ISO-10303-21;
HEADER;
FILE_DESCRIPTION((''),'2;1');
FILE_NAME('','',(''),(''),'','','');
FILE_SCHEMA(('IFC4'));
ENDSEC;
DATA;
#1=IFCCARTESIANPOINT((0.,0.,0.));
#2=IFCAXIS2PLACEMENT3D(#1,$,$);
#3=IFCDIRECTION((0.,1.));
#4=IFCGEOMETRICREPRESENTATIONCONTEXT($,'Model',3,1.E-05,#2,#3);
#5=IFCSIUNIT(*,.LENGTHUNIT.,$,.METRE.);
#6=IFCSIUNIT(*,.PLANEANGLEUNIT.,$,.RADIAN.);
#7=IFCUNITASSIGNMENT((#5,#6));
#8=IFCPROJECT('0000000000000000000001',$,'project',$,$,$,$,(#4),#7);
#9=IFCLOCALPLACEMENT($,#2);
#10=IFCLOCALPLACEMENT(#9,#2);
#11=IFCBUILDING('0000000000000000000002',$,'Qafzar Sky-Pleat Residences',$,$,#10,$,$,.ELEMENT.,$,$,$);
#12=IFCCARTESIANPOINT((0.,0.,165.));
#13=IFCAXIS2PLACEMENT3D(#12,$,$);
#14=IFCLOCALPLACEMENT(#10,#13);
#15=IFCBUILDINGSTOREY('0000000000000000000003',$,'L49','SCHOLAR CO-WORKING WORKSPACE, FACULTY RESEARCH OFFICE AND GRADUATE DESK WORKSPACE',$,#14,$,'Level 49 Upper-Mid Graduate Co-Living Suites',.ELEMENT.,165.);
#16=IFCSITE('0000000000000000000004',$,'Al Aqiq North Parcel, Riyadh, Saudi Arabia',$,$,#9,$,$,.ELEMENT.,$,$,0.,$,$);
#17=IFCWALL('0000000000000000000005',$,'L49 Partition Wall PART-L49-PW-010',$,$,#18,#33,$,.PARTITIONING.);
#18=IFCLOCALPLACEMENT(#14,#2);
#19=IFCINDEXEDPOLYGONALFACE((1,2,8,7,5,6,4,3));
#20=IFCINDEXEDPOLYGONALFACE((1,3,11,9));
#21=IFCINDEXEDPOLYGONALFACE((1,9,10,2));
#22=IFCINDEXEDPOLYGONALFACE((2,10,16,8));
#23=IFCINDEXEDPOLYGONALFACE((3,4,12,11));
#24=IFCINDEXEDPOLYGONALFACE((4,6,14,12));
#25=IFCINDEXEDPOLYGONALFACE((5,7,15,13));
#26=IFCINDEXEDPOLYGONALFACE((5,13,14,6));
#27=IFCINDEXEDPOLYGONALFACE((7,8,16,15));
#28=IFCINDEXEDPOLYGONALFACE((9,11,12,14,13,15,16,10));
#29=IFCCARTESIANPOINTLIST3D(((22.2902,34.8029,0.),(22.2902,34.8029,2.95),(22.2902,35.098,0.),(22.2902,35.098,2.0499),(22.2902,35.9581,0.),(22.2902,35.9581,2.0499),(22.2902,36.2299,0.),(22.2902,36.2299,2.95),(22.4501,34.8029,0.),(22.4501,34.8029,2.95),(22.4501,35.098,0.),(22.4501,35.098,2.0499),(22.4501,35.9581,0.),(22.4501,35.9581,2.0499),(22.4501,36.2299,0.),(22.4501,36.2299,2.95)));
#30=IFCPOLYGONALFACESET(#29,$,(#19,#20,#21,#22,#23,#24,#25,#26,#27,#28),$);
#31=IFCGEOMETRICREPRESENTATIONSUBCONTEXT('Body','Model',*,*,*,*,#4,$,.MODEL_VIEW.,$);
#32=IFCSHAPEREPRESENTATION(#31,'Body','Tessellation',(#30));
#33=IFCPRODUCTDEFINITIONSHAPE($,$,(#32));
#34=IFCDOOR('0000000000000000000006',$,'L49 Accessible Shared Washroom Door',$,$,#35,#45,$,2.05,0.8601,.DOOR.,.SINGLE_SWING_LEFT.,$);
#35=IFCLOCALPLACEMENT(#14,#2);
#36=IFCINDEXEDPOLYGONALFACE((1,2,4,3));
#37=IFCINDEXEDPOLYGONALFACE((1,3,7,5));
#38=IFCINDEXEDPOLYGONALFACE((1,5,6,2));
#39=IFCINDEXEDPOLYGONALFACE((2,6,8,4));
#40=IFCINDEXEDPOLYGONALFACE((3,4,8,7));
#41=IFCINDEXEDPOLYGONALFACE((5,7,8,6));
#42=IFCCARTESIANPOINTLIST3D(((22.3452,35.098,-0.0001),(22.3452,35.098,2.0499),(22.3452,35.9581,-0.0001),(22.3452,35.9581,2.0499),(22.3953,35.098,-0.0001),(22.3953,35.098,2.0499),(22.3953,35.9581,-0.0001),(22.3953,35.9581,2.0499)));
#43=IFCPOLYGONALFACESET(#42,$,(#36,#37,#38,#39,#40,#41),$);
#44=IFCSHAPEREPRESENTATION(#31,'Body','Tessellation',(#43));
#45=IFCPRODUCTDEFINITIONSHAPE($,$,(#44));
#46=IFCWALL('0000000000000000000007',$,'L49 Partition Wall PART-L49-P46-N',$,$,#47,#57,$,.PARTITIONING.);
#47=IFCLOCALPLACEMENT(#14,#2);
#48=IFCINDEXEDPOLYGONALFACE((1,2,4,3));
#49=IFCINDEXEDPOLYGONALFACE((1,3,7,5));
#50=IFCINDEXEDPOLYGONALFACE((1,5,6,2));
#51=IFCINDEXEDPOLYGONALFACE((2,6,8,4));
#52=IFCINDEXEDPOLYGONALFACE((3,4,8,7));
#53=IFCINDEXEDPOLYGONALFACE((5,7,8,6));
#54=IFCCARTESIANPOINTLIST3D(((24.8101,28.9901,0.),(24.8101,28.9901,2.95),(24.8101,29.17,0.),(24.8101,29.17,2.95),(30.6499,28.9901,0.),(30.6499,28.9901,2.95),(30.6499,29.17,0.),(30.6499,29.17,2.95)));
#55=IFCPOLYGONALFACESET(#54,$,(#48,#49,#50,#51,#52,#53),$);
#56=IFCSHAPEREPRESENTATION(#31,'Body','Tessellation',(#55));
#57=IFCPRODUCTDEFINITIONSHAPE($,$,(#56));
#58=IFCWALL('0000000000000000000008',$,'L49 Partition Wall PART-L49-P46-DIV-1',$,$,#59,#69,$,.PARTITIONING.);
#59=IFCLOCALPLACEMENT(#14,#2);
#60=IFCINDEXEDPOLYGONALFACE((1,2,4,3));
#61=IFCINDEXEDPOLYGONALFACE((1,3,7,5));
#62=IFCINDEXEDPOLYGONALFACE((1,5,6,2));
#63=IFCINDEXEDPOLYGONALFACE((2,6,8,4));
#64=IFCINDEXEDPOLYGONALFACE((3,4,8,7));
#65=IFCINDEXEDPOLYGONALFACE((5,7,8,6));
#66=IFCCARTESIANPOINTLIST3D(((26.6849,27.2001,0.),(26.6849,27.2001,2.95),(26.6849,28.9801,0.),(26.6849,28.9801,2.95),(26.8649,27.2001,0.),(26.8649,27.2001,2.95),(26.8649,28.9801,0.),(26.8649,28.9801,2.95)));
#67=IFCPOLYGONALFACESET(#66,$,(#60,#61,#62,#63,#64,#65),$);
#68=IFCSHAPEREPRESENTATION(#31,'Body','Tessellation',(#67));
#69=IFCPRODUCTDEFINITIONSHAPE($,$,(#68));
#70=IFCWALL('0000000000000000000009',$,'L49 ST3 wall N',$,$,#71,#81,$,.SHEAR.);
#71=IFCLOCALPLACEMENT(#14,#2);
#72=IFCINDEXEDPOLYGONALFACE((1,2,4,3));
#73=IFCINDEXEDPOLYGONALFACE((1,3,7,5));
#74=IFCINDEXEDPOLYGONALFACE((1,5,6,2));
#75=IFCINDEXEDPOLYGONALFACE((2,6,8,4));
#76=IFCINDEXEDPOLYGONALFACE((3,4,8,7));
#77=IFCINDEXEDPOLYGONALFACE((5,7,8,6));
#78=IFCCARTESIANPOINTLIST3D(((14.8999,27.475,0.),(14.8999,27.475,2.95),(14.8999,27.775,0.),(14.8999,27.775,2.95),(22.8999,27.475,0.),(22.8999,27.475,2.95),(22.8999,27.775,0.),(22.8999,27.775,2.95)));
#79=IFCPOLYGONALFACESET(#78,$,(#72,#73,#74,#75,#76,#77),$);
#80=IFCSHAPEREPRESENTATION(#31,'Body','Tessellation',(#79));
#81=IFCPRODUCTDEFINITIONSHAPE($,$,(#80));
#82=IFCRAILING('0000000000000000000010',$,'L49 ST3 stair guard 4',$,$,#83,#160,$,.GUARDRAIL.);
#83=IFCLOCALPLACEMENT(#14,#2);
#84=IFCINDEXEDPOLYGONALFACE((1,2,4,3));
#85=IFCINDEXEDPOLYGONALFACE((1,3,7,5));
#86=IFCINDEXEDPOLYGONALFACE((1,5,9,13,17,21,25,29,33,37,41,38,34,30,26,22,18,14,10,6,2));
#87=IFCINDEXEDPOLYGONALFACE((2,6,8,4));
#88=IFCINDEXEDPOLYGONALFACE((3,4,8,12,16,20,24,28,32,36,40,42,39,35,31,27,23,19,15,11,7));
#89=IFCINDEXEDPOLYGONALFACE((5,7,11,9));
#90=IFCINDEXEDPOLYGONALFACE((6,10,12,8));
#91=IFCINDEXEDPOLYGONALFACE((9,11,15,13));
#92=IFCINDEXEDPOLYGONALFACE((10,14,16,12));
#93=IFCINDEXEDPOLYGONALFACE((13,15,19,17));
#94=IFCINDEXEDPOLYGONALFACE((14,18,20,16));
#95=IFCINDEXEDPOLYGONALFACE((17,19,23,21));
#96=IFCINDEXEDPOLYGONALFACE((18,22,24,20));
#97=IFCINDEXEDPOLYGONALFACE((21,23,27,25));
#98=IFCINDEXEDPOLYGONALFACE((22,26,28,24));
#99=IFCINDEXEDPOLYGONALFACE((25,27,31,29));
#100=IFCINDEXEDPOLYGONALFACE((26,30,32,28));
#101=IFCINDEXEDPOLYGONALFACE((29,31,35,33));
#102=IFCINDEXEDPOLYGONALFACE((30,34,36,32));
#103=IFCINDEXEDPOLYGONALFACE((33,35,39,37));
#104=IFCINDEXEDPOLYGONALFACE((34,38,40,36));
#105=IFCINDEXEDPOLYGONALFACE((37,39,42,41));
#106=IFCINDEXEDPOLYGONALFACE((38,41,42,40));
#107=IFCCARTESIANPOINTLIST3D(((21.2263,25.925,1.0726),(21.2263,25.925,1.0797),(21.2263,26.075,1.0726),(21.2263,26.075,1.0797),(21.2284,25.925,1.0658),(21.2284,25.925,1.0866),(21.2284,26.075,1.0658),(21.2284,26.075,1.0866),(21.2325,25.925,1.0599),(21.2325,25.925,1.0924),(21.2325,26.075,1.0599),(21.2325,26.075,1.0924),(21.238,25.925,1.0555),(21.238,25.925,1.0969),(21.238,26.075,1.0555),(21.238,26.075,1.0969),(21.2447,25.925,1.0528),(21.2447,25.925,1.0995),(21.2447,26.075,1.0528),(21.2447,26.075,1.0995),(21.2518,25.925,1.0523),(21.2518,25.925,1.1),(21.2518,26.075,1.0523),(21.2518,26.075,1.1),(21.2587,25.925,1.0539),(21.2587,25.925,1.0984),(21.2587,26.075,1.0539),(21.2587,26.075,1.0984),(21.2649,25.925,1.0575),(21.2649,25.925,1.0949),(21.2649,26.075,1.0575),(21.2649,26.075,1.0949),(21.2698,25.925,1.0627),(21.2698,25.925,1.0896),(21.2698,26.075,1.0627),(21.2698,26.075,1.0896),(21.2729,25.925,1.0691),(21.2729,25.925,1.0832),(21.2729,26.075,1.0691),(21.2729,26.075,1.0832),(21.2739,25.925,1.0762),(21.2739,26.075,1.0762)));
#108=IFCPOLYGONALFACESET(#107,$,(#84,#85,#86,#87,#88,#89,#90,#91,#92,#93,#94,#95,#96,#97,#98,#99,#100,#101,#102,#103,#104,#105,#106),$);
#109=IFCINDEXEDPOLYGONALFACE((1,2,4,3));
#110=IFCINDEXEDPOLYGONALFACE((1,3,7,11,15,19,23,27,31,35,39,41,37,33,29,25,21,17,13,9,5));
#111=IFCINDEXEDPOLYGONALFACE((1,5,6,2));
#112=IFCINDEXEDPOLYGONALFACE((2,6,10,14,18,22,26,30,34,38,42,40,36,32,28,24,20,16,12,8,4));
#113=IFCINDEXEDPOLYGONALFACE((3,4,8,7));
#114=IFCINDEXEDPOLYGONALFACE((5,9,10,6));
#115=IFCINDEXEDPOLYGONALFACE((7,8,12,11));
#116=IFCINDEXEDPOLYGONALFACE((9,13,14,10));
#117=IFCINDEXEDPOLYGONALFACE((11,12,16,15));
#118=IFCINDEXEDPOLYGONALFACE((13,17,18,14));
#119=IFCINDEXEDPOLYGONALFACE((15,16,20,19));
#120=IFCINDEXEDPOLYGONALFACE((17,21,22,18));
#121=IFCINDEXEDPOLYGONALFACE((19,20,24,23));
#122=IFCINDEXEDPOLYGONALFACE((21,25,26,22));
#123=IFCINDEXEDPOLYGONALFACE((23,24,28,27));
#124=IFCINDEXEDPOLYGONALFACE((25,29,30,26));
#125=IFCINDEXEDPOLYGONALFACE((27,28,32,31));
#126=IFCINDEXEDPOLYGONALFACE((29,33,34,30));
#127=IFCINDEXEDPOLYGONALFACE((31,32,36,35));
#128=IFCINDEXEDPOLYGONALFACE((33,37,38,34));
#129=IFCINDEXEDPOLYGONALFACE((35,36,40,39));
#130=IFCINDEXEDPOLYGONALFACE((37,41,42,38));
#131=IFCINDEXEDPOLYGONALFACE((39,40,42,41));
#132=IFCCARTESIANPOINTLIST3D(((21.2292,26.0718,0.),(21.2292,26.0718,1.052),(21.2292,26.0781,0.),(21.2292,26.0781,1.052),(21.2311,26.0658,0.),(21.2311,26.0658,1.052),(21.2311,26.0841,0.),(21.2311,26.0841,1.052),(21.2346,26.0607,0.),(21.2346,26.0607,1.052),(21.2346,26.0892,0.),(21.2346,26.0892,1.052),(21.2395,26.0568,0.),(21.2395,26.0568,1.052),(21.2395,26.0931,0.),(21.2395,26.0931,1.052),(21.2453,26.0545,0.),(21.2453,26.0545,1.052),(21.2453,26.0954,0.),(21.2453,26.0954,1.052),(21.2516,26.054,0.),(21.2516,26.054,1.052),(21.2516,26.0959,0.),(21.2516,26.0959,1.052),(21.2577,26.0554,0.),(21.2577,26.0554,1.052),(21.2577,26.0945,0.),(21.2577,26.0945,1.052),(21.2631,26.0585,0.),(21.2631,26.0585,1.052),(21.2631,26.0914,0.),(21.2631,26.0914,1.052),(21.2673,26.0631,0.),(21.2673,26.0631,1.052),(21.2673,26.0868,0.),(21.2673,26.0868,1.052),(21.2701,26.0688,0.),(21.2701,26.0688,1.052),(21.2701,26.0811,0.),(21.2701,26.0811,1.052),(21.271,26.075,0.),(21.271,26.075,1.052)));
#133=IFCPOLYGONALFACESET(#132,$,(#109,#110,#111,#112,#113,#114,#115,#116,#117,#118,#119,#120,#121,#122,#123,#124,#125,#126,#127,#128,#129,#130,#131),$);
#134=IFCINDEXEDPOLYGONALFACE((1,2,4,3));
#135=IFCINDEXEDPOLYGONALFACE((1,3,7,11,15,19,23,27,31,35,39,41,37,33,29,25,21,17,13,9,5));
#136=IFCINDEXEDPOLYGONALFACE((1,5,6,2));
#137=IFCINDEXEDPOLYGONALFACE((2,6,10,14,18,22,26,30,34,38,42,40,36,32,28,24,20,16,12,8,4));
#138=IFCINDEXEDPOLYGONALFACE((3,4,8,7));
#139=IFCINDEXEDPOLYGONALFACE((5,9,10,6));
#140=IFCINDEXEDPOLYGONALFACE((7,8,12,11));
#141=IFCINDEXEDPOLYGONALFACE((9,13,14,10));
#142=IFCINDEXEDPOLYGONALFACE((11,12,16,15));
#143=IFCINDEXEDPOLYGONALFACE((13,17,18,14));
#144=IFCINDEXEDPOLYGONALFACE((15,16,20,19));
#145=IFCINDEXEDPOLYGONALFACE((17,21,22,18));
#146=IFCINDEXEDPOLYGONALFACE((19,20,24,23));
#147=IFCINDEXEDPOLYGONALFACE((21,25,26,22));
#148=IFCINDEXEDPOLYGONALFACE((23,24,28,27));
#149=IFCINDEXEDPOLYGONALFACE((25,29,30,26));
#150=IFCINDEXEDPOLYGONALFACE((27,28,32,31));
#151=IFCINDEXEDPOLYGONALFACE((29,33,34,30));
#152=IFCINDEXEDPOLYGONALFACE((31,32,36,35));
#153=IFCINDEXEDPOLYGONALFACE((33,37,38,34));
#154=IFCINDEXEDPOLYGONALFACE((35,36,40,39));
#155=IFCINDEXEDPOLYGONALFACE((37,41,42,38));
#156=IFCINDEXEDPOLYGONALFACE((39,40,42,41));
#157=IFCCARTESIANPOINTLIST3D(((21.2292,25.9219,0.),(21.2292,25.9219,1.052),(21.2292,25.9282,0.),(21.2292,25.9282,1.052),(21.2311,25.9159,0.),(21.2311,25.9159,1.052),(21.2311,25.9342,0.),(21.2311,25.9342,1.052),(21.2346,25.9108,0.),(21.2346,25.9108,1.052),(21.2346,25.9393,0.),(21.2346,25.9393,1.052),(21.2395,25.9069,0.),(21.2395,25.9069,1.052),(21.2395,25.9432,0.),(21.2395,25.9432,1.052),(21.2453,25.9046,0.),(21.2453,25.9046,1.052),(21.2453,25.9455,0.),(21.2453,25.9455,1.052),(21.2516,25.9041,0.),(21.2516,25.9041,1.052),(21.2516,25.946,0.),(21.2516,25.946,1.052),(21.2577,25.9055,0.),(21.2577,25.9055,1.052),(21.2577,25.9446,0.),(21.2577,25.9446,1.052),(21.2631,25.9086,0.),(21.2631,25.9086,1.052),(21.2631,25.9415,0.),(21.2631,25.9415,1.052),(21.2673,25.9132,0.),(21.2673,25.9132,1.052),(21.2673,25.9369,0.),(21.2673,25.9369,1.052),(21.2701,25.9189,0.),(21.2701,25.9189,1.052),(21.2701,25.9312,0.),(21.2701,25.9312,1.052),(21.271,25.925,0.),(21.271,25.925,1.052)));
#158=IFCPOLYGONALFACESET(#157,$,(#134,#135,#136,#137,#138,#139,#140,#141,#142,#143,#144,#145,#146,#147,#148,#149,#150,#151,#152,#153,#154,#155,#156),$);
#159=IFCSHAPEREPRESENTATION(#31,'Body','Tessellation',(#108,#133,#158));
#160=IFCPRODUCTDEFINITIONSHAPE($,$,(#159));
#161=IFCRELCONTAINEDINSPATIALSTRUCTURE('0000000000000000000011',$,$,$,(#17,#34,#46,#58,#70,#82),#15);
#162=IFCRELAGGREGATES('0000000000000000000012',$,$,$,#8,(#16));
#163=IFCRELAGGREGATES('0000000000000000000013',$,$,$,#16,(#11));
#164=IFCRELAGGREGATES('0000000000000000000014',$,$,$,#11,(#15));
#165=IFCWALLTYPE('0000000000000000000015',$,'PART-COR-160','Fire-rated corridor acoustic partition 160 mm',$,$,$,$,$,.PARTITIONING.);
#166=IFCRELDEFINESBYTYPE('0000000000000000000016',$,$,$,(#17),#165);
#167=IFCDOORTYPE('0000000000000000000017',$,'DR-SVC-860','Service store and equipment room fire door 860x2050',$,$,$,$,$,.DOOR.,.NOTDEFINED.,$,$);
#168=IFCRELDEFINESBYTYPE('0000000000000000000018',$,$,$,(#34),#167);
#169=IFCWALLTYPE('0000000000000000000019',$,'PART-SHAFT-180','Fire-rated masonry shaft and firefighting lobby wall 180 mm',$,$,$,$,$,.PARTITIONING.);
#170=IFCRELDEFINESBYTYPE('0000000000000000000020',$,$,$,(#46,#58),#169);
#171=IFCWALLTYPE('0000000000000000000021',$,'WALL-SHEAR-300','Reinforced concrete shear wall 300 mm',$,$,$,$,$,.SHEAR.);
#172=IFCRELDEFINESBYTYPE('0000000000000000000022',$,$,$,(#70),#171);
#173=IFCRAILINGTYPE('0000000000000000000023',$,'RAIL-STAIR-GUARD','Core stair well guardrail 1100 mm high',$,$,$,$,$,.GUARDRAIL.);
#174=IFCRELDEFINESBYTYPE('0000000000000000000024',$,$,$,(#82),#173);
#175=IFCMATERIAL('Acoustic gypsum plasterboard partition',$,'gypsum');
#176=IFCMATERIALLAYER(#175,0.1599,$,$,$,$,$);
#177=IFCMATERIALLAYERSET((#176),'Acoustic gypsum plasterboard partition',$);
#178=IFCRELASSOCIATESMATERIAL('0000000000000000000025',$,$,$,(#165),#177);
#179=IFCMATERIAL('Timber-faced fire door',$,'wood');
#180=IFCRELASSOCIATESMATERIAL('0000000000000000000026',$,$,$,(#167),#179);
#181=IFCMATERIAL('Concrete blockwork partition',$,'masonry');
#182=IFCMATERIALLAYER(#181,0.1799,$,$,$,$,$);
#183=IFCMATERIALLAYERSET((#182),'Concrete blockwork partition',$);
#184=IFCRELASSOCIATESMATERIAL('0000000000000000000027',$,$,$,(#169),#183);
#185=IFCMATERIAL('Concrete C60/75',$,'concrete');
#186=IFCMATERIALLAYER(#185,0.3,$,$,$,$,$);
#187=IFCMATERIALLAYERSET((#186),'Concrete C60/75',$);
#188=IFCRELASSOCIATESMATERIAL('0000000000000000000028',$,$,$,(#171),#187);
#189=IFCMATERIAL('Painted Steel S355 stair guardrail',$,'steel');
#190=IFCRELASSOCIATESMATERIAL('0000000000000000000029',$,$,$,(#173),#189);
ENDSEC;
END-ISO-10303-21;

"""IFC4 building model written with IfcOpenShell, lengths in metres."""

from ifc_helpers import new_model, si_unit, direction, frame, frame_2d, origin, origin_2d, place, context, subcontext, project, spatial, rectangle, circle, extrude, source, transform, mapped, material, layer, layer_set, type_object, element, fill, save


model = new_model("IFC4")

# Units and contexts
model_context = context("Model", 3, precision=1e-05, world=origin(), true_north=direction((0.0, 1.0)))
body_context = subcontext(model_context, "Body", "Model", "MODEL_VIEW")
ifc_project = project(units=[si_unit("LENGTHUNIT", "METRE"), si_unit("PLANEANGLEUNIT", "RADIAN")], contexts=[model_context])

# Site, building, storey
site_placement = place(None, origin())
site = spatial("IfcSite", under=ifc_project, at=site_placement, Name="Al Aqiq North Parcel, Riyadh, Saudi Arabia", CompositionType="ELEMENT", RefElevation=0.0)
building_placement = place(site_placement, origin())
building = spatial("IfcBuilding", under=site, at=building_placement, Name="Qafzar Sky-Pleat Residences", CompositionType="ELEMENT")
storey_placement = place(building_placement, frame((0.0, 0.0, 165.0)))
storey = spatial("IfcBuildingStorey", under=building, at=storey_placement, Name="L49", Description="SCHOLAR CO-WORKING WORKSPACE, FACULTY RESEARCH OFFICE AND GRADUATE DESK WORKSPACE", LongName="Level 49 Upper-Mid Graduate Co-Living Suites", CompositionType="ELEMENT", Elevation=165.0)

# Wall, opening, door
ifc_material_1 = material(Name="Acoustic gypsum plasterboard partition", Category="gypsum")
ifc_layer_1 = layer(ifc_material_1, 0.1599)
ifc_layer_set_1 = layer_set([ifc_layer_1], Name="Acoustic gypsum plasterboard partition")
wall_type_1 = type_object("IfcWallType", Name="PART-COR-160", Description="Fire-rated corridor acoustic partition 160 mm", PredefinedType="PARTITIONING", material=ifc_layer_set_1)
ifc_material_2 = material(Name="Timber-faced fire door", Category="wood")
wall_1_placement = place(storey_placement, frame((22.3701, 34.803, 0.0), z_axis=(0.0, 0.0, 1.0), x_axis=(0.0, 1.0, 0.0)))
wall_1 = element("IfcWall", 1, at=wall_1_placement, inside=storey, type_object=wall_type_1, Name="L49 Partition Wall PART-L49-PW-010", PredefinedType="PARTITIONING", context=body_context, shape_type="SweptSolid", body=[
    extrude(rectangle(XDim=1.427, YDim=0.1599, at=frame_2d((0.7134, 0.0))), origin(), (0.0, 0.0, 1.0), 2.95),
])
opening_1_placement = place(wall_1_placement, frame((0.2949, 0.0, 0.0)))
opening_1 = element("IfcOpeningElement", 2, at=opening_1_placement, cuts=wall_1, PredefinedType="OPENING", context=body_context, shape_type="SweptSolid", body=[
    extrude(rectangle(XDim=0.8601, YDim=2.05, at=frame_2d((0.4302, 1.0249))), frame((0.0, 0.0898, 0.0), z_axis=(0.0, -1.0, 0.0), x_axis=(1.0, 0.0, 0.0)), (0.0, 0.0, 1.0), 0.1799),
])
door_type_1 = type_object("IfcDoorType", Name="DR-SVC-860", Description="Service store and equipment room fire door 860x2050", OperationType="NOTDEFINED", PredefinedType="DOOR", material=ifc_material_2)
shared_shape_1 = source(origin(), body_context, "Body", "SweptSolid", [
    extrude(rectangle(XDim=0.8601, YDim=2.05, at=frame_2d((0.4302, 1.0249))), frame((0.0, 0.0249, 0.0), z_axis=(0.0, -1.0, 0.0), x_axis=(1.0, 0.0, 0.0)), (0.0, 0.0, 1.0), 0.05),
])
door_1_placement = place(opening_1_placement, origin())
door_1 = element("IfcDoor", 3, at=door_1_placement, inside=storey, type_object=door_type_1, Name="L49 Accessible Shared Washroom Door", OperationType="SINGLE_SWING_LEFT", OverallHeight=2.05, OverallWidth=0.8601, PredefinedType="DOOR", context=body_context, shape_type="MappedRepresentation", body=[
    mapped(shared_shape_1, transform((0.0, 0.0, 0.0), x_axis=(1.0, 0.0, 0.0), y_axis=(0.0, 1.0, 0.0), z_axis=(0.0, 0.0, 1.0), scale=1.0)),
])
fill(opening_1, door_1)

# Wall
ifc_material_3 = material(Name="Concrete blockwork partition", Category="masonry")
ifc_layer_2 = layer(ifc_material_3, 0.1799)
ifc_layer_set_2 = layer_set([ifc_layer_2], Name="Concrete blockwork partition")
wall_type_2 = type_object("IfcWallType", Name="PART-SHAFT-180", Description="Fire-rated masonry shaft and firefighting lobby wall 180 mm", PredefinedType="PARTITIONING", material=ifc_layer_set_2)
wall_2_placement = place(storey_placement, frame((24.8101, 29.0801, 0.0), z_axis=(0.0, 0.0, 1.0), x_axis=(1.0, 0.0, 0.0)))
element("IfcWall", 4, at=wall_2_placement, inside=storey, type_object=wall_type_2, Name="L49 Partition Wall PART-L49-P46-N", PredefinedType="PARTITIONING", context=body_context, shape_type="SweptSolid", body=[
    extrude(rectangle(XDim=5.8398, YDim=0.1799, at=frame_2d((2.9199, 0.0))), origin(), (0.0, 0.0, 1.0), 2.95),
])

# Wall
wall_3_placement = place(storey_placement, frame((26.7749, 27.2, 0.0), z_axis=(0.0, 0.0, 1.0), x_axis=(0.0, 1.0, 0.0)))
element("IfcWall", 5, at=wall_3_placement, inside=storey, type_object=wall_type_2, Name="L49 Partition Wall PART-L49-P46-DIV-1", PredefinedType="PARTITIONING", context=body_context, shape_type="SweptSolid", body=[
    extrude(rectangle(XDim=1.78, YDim=0.1799, at=frame_2d((0.8901, 0.0))), origin(), (0.0, 0.0, 1.0), 2.95),
])

# Shared definitions
ifc_material_4 = material(Name="Concrete C60/75", Category="concrete")
ifc_layer_3 = layer(ifc_material_4, 0.3)
ifc_layer_set_3 = layer_set([ifc_layer_3], Name="Concrete C60/75")
wall_type_3 = type_object("IfcWallType", Name="WALL-SHEAR-300", Description="Reinforced concrete shear wall 300 mm", PredefinedType="SHEAR", material=ifc_layer_set_3)

# Wall
wall_4_placement = place(storey_placement, frame((22.8999, 27.625, 0.0), z_axis=(0.0, 0.0, 1.0), x_axis=(-1.0, 0.0, 0.0)))
element("IfcWall", 6, at=wall_4_placement, inside=storey, type_object=wall_type_3, Name="L49 ST3 wall N", PredefinedType="SHEAR", context=body_context, shape_type="SweptSolid", body=[
    extrude(rectangle(XDim=8.0, YDim=0.3, at=frame_2d((4.0, 0.0))), origin(), (0.0, 0.0, 1.0), 2.95),
])

# Railing
ifc_material_5 = material(Name="Painted Steel S355 stair guardrail", Category="steel")
railing_type_1 = type_object("IfcRailingType", Name="RAIL-STAIR-GUARD", Description="Core stair well guardrail 1100 mm high", PredefinedType="GUARDRAIL", material=ifc_material_5)
shared_shape_2 = source(origin(), body_context, "Body", "SweptSolid", [
    extrude(circle(Radius=0.0239, at=origin_2d()), frame((0.0, 0.0, 1.0762), z_axis=(0.0, -1.0, 0.0), x_axis=(1.0, 0.0, 0.0)), (0.0, 0.0, 1.0), 0.1499),
    extrude(circle(Radius=0.021, at=origin_2d()), origin(), (0.0, 0.0, 1.0), 1.052),
    extrude(circle(Radius=0.021, at=origin_2d()), frame((0.0, -0.1499, 0.0)), (0.0, 0.0, 1.0), 1.052),
])
railing_1_placement = place(storey_placement, frame((21.25, 26.075, 0.0)))
element("IfcRailing", 7, at=railing_1_placement, inside=storey, type_object=railing_type_1, Name="L49 ST3 stair guard 4", PredefinedType="GUARDRAIL", context=body_context, shape_type="MappedRepresentation", body=[
    mapped(shared_shape_2, transform((0.0, 0.0, 0.0), x_axis=(1.0, 0.0, 0.0), y_axis=(0.0, 1.0, 0.0), z_axis=(0.0, 0.0, 1.0), scale=1.0)),
])

save(model, "model.ifc")
